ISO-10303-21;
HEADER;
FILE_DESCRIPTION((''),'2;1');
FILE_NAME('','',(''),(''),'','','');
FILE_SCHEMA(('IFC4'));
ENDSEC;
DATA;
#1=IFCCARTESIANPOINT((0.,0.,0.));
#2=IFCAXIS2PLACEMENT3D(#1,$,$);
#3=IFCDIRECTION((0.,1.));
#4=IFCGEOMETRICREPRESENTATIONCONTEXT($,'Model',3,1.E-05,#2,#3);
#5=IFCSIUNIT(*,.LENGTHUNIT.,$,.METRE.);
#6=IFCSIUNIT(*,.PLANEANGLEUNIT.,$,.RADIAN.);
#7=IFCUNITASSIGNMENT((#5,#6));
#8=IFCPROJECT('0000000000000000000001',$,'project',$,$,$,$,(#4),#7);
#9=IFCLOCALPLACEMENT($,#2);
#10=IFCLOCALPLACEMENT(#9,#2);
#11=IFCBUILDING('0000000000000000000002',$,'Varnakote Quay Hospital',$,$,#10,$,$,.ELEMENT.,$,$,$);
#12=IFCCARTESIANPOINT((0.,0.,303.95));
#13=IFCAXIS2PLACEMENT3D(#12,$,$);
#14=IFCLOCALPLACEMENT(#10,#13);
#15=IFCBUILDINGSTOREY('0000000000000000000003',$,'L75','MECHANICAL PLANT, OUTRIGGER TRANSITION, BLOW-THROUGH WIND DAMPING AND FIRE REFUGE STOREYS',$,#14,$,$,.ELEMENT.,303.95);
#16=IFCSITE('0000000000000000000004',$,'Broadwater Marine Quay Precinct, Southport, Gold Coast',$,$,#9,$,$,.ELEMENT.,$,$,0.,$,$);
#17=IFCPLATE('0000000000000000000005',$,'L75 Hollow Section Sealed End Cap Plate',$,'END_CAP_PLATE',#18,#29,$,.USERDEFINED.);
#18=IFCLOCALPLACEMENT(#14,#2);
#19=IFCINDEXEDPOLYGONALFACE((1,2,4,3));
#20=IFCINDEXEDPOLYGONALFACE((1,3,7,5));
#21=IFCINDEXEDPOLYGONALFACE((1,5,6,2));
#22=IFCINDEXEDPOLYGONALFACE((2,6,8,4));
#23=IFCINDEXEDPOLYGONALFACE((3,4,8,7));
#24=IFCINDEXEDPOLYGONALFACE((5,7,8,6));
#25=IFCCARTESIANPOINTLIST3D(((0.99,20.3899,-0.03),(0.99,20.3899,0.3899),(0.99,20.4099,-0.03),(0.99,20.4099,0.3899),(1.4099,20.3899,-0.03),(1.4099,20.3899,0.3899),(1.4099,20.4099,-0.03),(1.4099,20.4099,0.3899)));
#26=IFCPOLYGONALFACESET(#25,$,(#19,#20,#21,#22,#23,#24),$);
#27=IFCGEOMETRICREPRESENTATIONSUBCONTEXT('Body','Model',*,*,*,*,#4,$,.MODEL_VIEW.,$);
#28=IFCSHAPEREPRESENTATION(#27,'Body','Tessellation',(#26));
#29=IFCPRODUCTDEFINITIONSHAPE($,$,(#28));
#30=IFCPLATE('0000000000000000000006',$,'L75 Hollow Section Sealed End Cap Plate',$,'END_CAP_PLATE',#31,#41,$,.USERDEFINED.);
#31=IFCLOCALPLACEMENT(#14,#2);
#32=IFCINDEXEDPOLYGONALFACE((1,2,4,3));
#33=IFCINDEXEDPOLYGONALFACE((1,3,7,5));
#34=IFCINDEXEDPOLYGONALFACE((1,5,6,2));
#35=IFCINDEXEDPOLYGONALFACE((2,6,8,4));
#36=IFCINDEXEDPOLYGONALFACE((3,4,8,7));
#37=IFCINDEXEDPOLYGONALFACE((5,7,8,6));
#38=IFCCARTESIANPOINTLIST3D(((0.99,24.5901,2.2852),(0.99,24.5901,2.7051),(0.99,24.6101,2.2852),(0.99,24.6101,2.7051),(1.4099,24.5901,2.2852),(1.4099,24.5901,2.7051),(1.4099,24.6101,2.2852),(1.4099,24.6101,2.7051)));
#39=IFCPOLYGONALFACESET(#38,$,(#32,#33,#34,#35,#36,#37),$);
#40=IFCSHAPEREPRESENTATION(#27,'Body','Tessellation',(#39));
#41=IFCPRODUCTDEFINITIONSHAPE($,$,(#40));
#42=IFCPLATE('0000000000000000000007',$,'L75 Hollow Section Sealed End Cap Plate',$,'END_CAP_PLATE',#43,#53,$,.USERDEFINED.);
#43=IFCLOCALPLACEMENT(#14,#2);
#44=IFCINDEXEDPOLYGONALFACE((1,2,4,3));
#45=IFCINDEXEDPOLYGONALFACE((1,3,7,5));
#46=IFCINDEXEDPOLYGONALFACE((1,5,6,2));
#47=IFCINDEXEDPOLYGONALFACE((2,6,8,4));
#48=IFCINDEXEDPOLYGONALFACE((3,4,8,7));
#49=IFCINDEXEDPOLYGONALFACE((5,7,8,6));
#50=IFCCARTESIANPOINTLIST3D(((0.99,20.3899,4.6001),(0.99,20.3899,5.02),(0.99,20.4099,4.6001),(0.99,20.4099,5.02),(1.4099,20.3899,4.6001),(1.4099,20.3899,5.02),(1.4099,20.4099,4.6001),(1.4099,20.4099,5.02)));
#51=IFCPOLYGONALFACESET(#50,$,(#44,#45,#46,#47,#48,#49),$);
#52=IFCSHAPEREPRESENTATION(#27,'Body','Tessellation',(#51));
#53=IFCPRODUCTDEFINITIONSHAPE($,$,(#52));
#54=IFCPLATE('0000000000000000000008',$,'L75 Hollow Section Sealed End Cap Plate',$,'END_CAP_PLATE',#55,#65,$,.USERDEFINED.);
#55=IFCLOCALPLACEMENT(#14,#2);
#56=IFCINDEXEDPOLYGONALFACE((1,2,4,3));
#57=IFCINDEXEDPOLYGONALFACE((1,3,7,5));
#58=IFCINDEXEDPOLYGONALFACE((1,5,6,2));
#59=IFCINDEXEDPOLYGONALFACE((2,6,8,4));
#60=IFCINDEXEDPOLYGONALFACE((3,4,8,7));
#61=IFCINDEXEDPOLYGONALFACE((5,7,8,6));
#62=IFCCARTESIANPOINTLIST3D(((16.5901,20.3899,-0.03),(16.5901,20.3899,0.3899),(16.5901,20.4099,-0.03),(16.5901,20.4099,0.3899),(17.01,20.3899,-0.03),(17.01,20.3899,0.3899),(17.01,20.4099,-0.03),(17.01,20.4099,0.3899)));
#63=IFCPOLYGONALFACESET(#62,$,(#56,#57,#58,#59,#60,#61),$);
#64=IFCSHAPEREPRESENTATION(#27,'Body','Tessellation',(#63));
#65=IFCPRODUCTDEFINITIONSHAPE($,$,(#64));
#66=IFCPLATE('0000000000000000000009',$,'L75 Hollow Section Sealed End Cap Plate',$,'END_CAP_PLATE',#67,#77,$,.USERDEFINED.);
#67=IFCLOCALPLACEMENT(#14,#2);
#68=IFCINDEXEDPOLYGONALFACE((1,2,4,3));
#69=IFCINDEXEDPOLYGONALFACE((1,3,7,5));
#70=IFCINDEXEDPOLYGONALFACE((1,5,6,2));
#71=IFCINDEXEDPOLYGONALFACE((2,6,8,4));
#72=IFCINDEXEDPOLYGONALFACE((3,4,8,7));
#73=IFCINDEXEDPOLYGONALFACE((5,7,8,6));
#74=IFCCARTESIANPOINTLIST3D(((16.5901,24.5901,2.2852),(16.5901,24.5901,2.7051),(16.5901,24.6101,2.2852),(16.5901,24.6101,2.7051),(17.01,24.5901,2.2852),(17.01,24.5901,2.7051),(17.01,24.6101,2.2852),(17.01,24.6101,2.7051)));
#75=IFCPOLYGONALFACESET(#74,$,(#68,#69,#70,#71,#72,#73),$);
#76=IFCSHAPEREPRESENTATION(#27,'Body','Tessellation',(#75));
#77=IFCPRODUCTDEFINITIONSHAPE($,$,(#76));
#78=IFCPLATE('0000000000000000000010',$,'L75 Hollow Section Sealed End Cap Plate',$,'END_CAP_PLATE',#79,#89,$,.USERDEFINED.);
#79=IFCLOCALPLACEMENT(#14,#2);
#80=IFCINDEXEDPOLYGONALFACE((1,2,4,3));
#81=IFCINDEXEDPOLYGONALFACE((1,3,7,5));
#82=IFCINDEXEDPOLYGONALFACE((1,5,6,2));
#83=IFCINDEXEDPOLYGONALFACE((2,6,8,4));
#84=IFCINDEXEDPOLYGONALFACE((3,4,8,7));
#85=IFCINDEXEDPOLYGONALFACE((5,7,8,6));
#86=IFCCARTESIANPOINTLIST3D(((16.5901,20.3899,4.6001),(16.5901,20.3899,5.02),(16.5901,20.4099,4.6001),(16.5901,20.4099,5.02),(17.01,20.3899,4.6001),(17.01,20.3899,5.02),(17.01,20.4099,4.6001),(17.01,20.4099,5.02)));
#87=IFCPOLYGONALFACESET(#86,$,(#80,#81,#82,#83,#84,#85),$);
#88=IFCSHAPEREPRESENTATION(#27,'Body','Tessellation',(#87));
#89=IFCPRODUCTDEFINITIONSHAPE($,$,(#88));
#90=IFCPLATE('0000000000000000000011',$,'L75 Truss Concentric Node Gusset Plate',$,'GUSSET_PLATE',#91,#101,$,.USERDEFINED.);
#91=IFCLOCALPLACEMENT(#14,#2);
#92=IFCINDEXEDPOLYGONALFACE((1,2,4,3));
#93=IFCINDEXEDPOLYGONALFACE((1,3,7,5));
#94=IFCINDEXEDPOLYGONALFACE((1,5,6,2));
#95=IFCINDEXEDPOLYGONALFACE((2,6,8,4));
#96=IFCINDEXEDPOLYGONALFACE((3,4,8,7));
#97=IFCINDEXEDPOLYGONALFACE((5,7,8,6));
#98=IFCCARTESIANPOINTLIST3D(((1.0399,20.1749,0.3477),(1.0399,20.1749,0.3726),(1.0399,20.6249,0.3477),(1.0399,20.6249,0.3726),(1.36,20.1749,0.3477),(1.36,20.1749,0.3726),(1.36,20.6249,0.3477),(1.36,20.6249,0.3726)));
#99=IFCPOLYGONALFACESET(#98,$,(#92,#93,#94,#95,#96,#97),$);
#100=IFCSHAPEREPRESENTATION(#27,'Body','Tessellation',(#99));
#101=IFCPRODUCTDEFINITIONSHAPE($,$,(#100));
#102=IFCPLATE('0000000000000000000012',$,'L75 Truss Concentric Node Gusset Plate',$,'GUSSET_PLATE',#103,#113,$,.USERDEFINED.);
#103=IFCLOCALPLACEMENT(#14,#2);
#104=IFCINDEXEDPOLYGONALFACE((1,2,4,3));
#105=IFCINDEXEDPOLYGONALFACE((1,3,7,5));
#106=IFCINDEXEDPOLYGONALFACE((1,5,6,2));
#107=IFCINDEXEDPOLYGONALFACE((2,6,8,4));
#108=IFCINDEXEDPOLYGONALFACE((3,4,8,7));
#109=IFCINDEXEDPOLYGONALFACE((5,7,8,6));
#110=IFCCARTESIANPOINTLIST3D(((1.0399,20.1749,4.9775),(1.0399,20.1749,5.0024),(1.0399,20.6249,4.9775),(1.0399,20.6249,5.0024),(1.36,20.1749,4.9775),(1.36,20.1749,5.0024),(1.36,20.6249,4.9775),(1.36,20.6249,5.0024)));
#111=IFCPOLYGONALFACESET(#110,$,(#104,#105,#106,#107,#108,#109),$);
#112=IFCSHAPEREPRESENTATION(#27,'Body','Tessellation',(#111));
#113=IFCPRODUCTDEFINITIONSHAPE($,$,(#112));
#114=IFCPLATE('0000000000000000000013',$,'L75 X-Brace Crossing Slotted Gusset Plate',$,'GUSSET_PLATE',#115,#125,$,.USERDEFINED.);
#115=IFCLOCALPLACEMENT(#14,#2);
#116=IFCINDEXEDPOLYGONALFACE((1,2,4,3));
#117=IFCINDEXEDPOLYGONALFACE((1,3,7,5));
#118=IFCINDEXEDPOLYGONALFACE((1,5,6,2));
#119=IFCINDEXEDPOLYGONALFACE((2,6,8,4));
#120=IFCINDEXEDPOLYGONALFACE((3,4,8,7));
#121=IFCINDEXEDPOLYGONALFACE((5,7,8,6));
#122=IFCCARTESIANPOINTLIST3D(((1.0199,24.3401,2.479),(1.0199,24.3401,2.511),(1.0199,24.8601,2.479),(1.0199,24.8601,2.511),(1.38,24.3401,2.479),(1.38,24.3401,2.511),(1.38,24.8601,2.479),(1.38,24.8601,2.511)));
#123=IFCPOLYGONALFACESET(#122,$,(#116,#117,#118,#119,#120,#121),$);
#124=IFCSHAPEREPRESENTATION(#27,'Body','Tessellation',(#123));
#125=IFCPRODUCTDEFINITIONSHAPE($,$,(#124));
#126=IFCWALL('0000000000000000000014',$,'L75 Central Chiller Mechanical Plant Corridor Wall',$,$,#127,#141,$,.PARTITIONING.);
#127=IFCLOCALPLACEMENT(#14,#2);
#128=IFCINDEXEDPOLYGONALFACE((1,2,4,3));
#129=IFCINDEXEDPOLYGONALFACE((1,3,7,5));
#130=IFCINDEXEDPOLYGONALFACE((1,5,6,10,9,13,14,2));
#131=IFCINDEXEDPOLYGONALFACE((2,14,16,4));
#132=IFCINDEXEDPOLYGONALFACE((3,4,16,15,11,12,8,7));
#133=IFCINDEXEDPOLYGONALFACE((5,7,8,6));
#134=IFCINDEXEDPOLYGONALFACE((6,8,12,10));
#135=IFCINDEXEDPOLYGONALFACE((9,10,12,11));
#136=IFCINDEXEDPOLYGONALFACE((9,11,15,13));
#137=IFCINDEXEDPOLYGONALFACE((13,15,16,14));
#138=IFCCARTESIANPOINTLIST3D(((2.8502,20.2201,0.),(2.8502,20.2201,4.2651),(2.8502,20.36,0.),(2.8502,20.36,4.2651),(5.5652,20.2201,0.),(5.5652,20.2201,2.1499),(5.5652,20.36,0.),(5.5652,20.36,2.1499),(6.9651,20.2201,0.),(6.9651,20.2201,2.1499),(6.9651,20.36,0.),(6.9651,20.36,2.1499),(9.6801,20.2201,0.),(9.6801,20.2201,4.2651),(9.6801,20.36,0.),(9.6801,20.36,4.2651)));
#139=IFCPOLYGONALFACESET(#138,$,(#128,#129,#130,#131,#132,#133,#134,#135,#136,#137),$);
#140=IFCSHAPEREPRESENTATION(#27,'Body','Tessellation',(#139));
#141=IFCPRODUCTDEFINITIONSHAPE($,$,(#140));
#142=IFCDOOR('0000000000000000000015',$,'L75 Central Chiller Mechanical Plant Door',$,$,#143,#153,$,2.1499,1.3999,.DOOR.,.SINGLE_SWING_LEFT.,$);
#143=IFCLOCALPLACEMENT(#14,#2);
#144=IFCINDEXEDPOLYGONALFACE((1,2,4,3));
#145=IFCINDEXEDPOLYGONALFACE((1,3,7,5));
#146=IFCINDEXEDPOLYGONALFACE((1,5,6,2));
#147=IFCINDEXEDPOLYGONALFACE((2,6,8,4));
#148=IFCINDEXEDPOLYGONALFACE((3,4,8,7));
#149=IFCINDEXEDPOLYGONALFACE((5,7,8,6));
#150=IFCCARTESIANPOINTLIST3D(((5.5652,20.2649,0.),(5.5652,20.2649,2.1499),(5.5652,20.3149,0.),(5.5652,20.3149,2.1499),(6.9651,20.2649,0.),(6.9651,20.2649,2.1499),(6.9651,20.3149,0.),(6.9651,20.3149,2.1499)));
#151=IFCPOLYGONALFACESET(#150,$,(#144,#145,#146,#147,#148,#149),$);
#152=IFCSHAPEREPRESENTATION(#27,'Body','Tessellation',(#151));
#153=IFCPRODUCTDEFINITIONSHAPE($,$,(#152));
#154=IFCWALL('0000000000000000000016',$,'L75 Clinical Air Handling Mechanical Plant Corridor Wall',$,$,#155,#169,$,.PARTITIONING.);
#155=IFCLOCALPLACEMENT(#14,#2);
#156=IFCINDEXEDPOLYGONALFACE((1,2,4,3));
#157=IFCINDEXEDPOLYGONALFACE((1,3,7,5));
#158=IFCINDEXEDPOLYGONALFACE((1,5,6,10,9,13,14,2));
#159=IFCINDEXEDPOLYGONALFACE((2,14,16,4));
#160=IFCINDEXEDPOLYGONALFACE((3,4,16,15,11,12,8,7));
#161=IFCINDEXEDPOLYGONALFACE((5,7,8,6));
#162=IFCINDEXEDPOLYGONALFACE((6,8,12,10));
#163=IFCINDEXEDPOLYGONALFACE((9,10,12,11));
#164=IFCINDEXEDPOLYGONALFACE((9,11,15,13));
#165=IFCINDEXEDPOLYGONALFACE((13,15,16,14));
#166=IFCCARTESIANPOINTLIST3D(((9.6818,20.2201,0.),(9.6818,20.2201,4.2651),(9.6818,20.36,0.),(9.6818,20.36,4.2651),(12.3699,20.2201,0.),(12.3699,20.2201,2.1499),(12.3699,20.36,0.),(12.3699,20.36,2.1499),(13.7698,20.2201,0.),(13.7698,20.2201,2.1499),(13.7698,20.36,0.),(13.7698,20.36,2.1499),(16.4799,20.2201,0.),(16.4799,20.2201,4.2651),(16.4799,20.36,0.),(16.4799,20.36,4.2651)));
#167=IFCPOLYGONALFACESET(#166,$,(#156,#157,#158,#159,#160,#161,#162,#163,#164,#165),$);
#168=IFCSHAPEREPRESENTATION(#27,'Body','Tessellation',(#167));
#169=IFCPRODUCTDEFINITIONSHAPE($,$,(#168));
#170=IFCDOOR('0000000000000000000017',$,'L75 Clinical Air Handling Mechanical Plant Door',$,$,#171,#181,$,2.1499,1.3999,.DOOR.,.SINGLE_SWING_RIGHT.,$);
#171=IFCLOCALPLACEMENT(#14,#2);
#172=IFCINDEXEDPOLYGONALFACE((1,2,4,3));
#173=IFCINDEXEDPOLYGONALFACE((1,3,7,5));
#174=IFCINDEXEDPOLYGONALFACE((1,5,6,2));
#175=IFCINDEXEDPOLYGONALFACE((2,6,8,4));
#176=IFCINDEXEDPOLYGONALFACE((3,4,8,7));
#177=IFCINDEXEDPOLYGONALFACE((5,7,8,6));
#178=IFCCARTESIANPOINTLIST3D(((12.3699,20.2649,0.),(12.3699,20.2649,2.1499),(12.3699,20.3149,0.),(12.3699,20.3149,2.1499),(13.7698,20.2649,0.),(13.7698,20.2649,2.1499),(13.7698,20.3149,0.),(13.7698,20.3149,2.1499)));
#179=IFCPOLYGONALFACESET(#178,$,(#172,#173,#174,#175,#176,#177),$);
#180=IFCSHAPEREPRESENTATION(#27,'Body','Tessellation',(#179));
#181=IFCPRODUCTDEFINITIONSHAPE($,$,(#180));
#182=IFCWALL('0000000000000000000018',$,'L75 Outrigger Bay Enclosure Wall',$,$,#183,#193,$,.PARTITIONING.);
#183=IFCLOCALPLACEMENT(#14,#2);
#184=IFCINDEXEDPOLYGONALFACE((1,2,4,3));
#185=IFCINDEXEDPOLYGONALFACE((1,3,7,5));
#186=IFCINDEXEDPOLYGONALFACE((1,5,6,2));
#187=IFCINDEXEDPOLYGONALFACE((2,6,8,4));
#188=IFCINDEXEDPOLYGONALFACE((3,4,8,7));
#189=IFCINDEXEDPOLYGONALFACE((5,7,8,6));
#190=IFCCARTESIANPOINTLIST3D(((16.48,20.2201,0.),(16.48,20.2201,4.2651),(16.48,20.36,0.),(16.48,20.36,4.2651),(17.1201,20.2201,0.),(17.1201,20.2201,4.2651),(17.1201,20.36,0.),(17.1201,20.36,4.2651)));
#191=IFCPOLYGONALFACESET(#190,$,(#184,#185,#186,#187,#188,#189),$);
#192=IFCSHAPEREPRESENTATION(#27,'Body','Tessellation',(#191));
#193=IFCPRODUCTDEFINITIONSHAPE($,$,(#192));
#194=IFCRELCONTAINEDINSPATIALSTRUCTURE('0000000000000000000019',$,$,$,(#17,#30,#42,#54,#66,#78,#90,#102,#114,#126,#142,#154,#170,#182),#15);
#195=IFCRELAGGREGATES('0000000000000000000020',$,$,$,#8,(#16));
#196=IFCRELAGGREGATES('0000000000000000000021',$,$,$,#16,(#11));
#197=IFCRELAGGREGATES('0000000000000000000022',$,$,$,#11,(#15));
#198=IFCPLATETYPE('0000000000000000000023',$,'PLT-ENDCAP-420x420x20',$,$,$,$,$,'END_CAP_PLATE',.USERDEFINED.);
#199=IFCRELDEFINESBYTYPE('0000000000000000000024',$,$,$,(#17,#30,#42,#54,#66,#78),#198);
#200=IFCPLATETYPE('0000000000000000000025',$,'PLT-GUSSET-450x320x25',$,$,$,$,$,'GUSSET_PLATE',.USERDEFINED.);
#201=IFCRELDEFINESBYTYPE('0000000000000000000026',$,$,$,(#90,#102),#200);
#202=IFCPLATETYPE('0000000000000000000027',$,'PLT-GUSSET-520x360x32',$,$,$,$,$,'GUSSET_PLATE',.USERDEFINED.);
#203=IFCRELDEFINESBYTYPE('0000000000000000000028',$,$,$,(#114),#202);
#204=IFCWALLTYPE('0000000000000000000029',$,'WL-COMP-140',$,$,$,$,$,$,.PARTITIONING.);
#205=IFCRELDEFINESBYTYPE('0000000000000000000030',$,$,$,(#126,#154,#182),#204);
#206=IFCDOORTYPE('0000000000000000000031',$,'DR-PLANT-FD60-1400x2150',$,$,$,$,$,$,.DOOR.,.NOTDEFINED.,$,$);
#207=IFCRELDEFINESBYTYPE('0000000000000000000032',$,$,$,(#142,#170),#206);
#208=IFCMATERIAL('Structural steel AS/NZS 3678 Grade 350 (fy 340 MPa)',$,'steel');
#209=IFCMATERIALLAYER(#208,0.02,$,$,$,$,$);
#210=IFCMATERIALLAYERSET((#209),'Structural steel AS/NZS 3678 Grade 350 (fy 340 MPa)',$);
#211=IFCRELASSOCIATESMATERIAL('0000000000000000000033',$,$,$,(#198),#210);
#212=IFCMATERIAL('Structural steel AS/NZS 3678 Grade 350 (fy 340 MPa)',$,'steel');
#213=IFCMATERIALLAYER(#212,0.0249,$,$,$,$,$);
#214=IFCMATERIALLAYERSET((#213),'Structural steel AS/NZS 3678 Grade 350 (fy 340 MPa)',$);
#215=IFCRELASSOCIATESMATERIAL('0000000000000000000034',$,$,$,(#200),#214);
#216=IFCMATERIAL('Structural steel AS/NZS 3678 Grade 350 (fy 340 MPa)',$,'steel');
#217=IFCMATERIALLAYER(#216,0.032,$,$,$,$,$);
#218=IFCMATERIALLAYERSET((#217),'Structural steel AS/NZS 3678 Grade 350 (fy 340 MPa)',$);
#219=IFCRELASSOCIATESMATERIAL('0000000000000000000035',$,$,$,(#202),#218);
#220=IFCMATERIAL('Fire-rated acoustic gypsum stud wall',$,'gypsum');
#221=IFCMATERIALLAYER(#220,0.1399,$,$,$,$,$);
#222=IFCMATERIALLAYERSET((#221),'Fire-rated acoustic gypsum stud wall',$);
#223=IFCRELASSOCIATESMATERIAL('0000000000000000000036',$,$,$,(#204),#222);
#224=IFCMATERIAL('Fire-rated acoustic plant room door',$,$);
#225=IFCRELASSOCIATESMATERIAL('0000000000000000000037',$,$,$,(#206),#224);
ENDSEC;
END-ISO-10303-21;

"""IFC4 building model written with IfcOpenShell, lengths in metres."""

from ifc_helpers import new_model, si_unit, direction, frame, frame_2d, origin, origin_2d, place, context, subcontext, project, spatial, rectangle, extrude, material, layer, layer_set, type_object, element, fill, save


model = new_model("IFC4")

# Units and contexts
model_context = context("Model", 3, precision=1e-05, world=origin(), true_north=direction((0.0, 1.0)))
body_context = subcontext(model_context, "Body", "Model", "MODEL_VIEW")
ifc_project = project(units=[si_unit("LENGTHUNIT", "METRE"), si_unit("PLANEANGLEUNIT", "RADIAN")], contexts=[model_context])

# Site, building, storey
site_placement = place(None, origin())
site = spatial("IfcSite", under=ifc_project, at=site_placement, Name="Broadwater Marine Quay Precinct, Southport, Gold Coast", CompositionType="ELEMENT", RefElevation=0.0)
building_placement = place(site_placement, origin())
building = spatial("IfcBuilding", under=site, at=building_placement, Name="Varnakote Quay Hospital", CompositionType="ELEMENT")
storey_placement = place(building_placement, frame((0.0, 0.0, 303.95)))
storey = spatial("IfcBuildingStorey", under=building, at=storey_placement, Name="L75", Description="MECHANICAL PLANT, OUTRIGGER TRANSITION, BLOW-THROUGH WIND DAMPING AND FIRE REFUGE STOREYS", CompositionType="ELEMENT", Elevation=303.95)

# Plates
ifc_material_1 = material(Name="Structural steel AS/NZS 3678 Grade 350 (fy 340 MPa)", Category="steel")
ifc_layer_1 = layer(ifc_material_1, 0.02)
ifc_layer_set_1 = layer_set([ifc_layer_1], Name="Structural steel AS/NZS 3678 Grade 350 (fy 340 MPa)")
plate_type_1 = type_object("IfcPlateType", Name="PLT-ENDCAP-420x420x20", ElementType="END_CAP_PLATE", PredefinedType="USERDEFINED", material=ifc_layer_set_1)
for number, where, z_axis, x_axis, name in (
    (1, (1.2, 20.3999, -0.03), (0.0, 0.0, 1.0), (0.0, 1.0, 0.0), "L75 Hollow Section Sealed End Cap Plate"),
    (2, (1.2, 24.6001, 2.2852), (0.0, 0.0, 1.0), (0.0, 1.0, 0.0), "L75 Hollow Section Sealed End Cap Plate"),
    (3, (1.2, 20.3999, 4.6001), (0.0, 0.0, 1.0), (0.0, 1.0, 0.0), "L75 Hollow Section Sealed End Cap Plate"),
    (4, (16.8, 20.3999, -0.03), (0.0, 0.0, 1.0), (0.0, 1.0, 0.0), "L75 Hollow Section Sealed End Cap Plate"),
    (5, (16.8, 24.6001, 2.2852), (0.0, 0.0, 1.0), (0.0, 1.0, 0.0), "L75 Hollow Section Sealed End Cap Plate"),
    (6, (16.8, 20.3999, 4.6001), (0.0, 0.0, 1.0), (0.0, 1.0, 0.0), "L75 Hollow Section Sealed End Cap Plate"),
):
    element("IfcPlate", number, at=place(storey_placement, frame(where, z_axis=z_axis, x_axis=x_axis)), inside=storey, type_object=plate_type_1, Name=name, ObjectType="END_CAP_PLATE", PredefinedType="USERDEFINED", context=body_context, shape_type="SweptSolid", body=[
        extrude(rectangle(XDim=0.02, YDim=0.4199, at=origin_2d()), origin(), (0.0, 0.0, 1.0), 0.4199),
    ])
ifc_material_2 = material(Name="Structural steel AS/NZS 3678 Grade 350 (fy 340 MPa)", Category="steel")
ifc_layer_2 = layer(ifc_material_2, 0.0249)
ifc_layer_set_2 = layer_set([ifc_layer_2], Name="Structural steel AS/NZS 3678 Grade 350 (fy 340 MPa)")
plate_type_2 = type_object("IfcPlateType", Name="PLT-GUSSET-450x320x25", ElementType="GUSSET_PLATE", PredefinedType="USERDEFINED", material=ifc_layer_set_2)
for number, where, z_axis, x_axis, name in (
    (7, (1.2, 20.3999, 0.3477), (0.0, 0.0, 1.0), (0.0, 1.0, 0.0), "L75 Truss Concentric Node Gusset Plate"),
    (8, (1.2, 20.3999, 4.9775), (0.0, 0.0, 1.0), (0.0, 1.0, 0.0), "L75 Truss Concentric Node Gusset Plate"),
):
    element("IfcPlate", number, at=place(storey_placement, frame(where, z_axis=z_axis, x_axis=x_axis)), inside=storey, type_object=plate_type_2, Name=name, ObjectType="GUSSET_PLATE", PredefinedType="USERDEFINED", context=body_context, shape_type="SweptSolid", body=[
        extrude(rectangle(XDim=0.45, YDim=0.3201, at=origin_2d()), origin(), (0.0, 0.0, 1.0), 0.0249),
    ])
ifc_material_3 = material(Name="Structural steel AS/NZS 3678 Grade 350 (fy 340 MPa)", Category="steel")
ifc_layer_3 = layer(ifc_material_3, 0.032)
ifc_layer_set_3 = layer_set([ifc_layer_3], Name="Structural steel AS/NZS 3678 Grade 350 (fy 340 MPa)")
plate_type_3 = type_object("IfcPlateType", Name="PLT-GUSSET-520x360x32", ElementType="GUSSET_PLATE", PredefinedType="USERDEFINED", material=ifc_layer_set_3)
plate_placement = place(storey_placement, frame((1.2, 24.6001, 2.479), z_axis=(0.0, 0.0, 1.0), x_axis=(0.0, 1.0, 0.0)))
element("IfcPlate", 9, at=plate_placement, inside=storey, type_object=plate_type_3, Name="L75 X-Brace Crossing Slotted Gusset Plate", ObjectType="GUSSET_PLATE", PredefinedType="USERDEFINED", context=body_context, shape_type="SweptSolid", body=[
    extrude(rectangle(XDim=0.52, YDim=0.3601, at=origin_2d()), origin(), (0.0, 0.0, 1.0), 0.032),
])

# Walls, openings, doors
ifc_material_4 = material(Name="Fire-rated acoustic gypsum stud wall", Category="gypsum")
ifc_layer_4 = layer(ifc_material_4, 0.1399)
ifc_layer_set_4 = layer_set([ifc_layer_4], Name="Fire-rated acoustic gypsum stud wall")
wall_type_1 = type_object("IfcWallType", Name="WL-COMP-140", PredefinedType="PARTITIONING", material=ifc_layer_set_4)
wall_1_placement = place(storey_placement, frame((2.8501, 20.29, 0.0), z_axis=(0.0, 0.0, 1.0), x_axis=(1.0, 0.0, 0.0)))
wall_1 = element("IfcWall", 10, at=wall_1_placement, inside=storey, type_object=wall_type_1, Name="L75 Central Chiller Mechanical Plant Corridor Wall", PredefinedType="PARTITIONING", context=body_context, shape_type="SweptSolid", body=[
    extrude(rectangle(XDim=6.8298, YDim=0.1399, at=frame_2d((3.415, 0.0))), origin(), (0.0, 0.0, 1.0), 4.2651),
])
opening_1_placement = place(wall_1_placement, frame((2.7151, 0.0, 0.0)))
opening_1 = element("IfcOpeningElement", 11, at=opening_1_placement, cuts=wall_1, PredefinedType="OPENING", context=body_context, shape_type="SweptSolid", body=[
    extrude(rectangle(XDim=1.3999, YDim=2.1499, at=frame_2d((0.7, 1.075))), frame((0.0, 0.0798, 0.0), z_axis=(0.0, -1.0, 0.0), x_axis=(1.0, 0.0, 0.0)), (0.0, 0.0, 1.0), 0.1599),
])
ifc_material_5 = material(Name="Fire-rated acoustic plant room door")
door_type = type_object("IfcDoorType", Name="DR-PLANT-FD60-1400x2150", OperationType="NOTDEFINED", PredefinedType="DOOR", material=ifc_material_5)
door_1_placement = place(opening_1_placement, origin())
door_1 = element("IfcDoor", 12, at=door_1_placement, inside=storey, type_object=door_type, Name="L75 Central Chiller Mechanical Plant Door", OperationType="SINGLE_SWING_LEFT", OverallHeight=2.1499, OverallWidth=1.3999, PredefinedType="DOOR", context=body_context, shape_type="SweptSolid", body=[
    extrude(rectangle(XDim=1.3999, YDim=2.1499, at=frame_2d((0.7, 1.075))), frame((0.0, 0.0249, 0.0), z_axis=(0.0, -1.0, 0.0), x_axis=(1.0, 0.0, 0.0)), (0.0, 0.0, 1.0), 0.05),
])
fill(opening_1, door_1)
wall_2_placement = place(storey_placement, frame((9.6819, 20.29, 0.0), z_axis=(0.0, 0.0, 1.0), x_axis=(1.0, 0.0, 0.0)))
wall_2 = element("IfcWall", 13, at=wall_2_placement, inside=storey, type_object=wall_type_1, Name="L75 Clinical Air Handling Mechanical Plant Corridor Wall", PredefinedType="PARTITIONING", context=body_context, shape_type="SweptSolid", body=[
    extrude(rectangle(XDim=6.7981, YDim=0.1399, at=frame_2d((3.3989, 0.0))), origin(), (0.0, 0.0, 1.0), 4.2651),
])
opening_2_placement = place(wall_2_placement, frame((2.688, 0.0, 0.0)))
opening_2 = element("IfcOpeningElement", 14, at=opening_2_placement, cuts=wall_2, PredefinedType="OPENING", context=body_context, shape_type="SweptSolid", body=[
    extrude(rectangle(XDim=1.3999, YDim=2.1499, at=frame_2d((0.7, 1.075))), frame((0.0, 0.0798, 0.0), z_axis=(0.0, -1.0, 0.0), x_axis=(1.0, 0.0, 0.0)), (0.0, 0.0, 1.0), 0.1599),
])
door_2_placement = place(opening_2_placement, origin())
door_2 = element("IfcDoor", 15, at=door_2_placement, inside=storey, type_object=door_type, Name="L75 Clinical Air Handling Mechanical Plant Door", OperationType="SINGLE_SWING_RIGHT", OverallHeight=2.1499, OverallWidth=1.3999, PredefinedType="DOOR", context=body_context, shape_type="SweptSolid", body=[
    extrude(rectangle(XDim=1.3999, YDim=2.1499, at=frame_2d((0.7, 1.075))), frame((0.0, 0.0249, 0.0), z_axis=(0.0, -1.0, 0.0), x_axis=(1.0, 0.0, 0.0)), (0.0, 0.0, 1.0), 0.05),
])
fill(opening_2, door_2)

# Wall
wall_3_placement = place(storey_placement, frame((16.48, 20.29, 0.0), z_axis=(0.0, 0.0, 1.0), x_axis=(1.0, 0.0, 0.0)))
element("IfcWall", 16, at=wall_3_placement, inside=storey, type_object=wall_type_1, Name="L75 Outrigger Bay Enclosure Wall", PredefinedType="PARTITIONING", context=body_context, shape_type="SweptSolid", body=[
    extrude(rectangle(XDim=0.6401, YDim=0.1399, at=frame_2d((0.3201, 0.0))), origin(), (0.0, 0.0, 1.0), 4.2651),
])

save(model, "model.ifc")
